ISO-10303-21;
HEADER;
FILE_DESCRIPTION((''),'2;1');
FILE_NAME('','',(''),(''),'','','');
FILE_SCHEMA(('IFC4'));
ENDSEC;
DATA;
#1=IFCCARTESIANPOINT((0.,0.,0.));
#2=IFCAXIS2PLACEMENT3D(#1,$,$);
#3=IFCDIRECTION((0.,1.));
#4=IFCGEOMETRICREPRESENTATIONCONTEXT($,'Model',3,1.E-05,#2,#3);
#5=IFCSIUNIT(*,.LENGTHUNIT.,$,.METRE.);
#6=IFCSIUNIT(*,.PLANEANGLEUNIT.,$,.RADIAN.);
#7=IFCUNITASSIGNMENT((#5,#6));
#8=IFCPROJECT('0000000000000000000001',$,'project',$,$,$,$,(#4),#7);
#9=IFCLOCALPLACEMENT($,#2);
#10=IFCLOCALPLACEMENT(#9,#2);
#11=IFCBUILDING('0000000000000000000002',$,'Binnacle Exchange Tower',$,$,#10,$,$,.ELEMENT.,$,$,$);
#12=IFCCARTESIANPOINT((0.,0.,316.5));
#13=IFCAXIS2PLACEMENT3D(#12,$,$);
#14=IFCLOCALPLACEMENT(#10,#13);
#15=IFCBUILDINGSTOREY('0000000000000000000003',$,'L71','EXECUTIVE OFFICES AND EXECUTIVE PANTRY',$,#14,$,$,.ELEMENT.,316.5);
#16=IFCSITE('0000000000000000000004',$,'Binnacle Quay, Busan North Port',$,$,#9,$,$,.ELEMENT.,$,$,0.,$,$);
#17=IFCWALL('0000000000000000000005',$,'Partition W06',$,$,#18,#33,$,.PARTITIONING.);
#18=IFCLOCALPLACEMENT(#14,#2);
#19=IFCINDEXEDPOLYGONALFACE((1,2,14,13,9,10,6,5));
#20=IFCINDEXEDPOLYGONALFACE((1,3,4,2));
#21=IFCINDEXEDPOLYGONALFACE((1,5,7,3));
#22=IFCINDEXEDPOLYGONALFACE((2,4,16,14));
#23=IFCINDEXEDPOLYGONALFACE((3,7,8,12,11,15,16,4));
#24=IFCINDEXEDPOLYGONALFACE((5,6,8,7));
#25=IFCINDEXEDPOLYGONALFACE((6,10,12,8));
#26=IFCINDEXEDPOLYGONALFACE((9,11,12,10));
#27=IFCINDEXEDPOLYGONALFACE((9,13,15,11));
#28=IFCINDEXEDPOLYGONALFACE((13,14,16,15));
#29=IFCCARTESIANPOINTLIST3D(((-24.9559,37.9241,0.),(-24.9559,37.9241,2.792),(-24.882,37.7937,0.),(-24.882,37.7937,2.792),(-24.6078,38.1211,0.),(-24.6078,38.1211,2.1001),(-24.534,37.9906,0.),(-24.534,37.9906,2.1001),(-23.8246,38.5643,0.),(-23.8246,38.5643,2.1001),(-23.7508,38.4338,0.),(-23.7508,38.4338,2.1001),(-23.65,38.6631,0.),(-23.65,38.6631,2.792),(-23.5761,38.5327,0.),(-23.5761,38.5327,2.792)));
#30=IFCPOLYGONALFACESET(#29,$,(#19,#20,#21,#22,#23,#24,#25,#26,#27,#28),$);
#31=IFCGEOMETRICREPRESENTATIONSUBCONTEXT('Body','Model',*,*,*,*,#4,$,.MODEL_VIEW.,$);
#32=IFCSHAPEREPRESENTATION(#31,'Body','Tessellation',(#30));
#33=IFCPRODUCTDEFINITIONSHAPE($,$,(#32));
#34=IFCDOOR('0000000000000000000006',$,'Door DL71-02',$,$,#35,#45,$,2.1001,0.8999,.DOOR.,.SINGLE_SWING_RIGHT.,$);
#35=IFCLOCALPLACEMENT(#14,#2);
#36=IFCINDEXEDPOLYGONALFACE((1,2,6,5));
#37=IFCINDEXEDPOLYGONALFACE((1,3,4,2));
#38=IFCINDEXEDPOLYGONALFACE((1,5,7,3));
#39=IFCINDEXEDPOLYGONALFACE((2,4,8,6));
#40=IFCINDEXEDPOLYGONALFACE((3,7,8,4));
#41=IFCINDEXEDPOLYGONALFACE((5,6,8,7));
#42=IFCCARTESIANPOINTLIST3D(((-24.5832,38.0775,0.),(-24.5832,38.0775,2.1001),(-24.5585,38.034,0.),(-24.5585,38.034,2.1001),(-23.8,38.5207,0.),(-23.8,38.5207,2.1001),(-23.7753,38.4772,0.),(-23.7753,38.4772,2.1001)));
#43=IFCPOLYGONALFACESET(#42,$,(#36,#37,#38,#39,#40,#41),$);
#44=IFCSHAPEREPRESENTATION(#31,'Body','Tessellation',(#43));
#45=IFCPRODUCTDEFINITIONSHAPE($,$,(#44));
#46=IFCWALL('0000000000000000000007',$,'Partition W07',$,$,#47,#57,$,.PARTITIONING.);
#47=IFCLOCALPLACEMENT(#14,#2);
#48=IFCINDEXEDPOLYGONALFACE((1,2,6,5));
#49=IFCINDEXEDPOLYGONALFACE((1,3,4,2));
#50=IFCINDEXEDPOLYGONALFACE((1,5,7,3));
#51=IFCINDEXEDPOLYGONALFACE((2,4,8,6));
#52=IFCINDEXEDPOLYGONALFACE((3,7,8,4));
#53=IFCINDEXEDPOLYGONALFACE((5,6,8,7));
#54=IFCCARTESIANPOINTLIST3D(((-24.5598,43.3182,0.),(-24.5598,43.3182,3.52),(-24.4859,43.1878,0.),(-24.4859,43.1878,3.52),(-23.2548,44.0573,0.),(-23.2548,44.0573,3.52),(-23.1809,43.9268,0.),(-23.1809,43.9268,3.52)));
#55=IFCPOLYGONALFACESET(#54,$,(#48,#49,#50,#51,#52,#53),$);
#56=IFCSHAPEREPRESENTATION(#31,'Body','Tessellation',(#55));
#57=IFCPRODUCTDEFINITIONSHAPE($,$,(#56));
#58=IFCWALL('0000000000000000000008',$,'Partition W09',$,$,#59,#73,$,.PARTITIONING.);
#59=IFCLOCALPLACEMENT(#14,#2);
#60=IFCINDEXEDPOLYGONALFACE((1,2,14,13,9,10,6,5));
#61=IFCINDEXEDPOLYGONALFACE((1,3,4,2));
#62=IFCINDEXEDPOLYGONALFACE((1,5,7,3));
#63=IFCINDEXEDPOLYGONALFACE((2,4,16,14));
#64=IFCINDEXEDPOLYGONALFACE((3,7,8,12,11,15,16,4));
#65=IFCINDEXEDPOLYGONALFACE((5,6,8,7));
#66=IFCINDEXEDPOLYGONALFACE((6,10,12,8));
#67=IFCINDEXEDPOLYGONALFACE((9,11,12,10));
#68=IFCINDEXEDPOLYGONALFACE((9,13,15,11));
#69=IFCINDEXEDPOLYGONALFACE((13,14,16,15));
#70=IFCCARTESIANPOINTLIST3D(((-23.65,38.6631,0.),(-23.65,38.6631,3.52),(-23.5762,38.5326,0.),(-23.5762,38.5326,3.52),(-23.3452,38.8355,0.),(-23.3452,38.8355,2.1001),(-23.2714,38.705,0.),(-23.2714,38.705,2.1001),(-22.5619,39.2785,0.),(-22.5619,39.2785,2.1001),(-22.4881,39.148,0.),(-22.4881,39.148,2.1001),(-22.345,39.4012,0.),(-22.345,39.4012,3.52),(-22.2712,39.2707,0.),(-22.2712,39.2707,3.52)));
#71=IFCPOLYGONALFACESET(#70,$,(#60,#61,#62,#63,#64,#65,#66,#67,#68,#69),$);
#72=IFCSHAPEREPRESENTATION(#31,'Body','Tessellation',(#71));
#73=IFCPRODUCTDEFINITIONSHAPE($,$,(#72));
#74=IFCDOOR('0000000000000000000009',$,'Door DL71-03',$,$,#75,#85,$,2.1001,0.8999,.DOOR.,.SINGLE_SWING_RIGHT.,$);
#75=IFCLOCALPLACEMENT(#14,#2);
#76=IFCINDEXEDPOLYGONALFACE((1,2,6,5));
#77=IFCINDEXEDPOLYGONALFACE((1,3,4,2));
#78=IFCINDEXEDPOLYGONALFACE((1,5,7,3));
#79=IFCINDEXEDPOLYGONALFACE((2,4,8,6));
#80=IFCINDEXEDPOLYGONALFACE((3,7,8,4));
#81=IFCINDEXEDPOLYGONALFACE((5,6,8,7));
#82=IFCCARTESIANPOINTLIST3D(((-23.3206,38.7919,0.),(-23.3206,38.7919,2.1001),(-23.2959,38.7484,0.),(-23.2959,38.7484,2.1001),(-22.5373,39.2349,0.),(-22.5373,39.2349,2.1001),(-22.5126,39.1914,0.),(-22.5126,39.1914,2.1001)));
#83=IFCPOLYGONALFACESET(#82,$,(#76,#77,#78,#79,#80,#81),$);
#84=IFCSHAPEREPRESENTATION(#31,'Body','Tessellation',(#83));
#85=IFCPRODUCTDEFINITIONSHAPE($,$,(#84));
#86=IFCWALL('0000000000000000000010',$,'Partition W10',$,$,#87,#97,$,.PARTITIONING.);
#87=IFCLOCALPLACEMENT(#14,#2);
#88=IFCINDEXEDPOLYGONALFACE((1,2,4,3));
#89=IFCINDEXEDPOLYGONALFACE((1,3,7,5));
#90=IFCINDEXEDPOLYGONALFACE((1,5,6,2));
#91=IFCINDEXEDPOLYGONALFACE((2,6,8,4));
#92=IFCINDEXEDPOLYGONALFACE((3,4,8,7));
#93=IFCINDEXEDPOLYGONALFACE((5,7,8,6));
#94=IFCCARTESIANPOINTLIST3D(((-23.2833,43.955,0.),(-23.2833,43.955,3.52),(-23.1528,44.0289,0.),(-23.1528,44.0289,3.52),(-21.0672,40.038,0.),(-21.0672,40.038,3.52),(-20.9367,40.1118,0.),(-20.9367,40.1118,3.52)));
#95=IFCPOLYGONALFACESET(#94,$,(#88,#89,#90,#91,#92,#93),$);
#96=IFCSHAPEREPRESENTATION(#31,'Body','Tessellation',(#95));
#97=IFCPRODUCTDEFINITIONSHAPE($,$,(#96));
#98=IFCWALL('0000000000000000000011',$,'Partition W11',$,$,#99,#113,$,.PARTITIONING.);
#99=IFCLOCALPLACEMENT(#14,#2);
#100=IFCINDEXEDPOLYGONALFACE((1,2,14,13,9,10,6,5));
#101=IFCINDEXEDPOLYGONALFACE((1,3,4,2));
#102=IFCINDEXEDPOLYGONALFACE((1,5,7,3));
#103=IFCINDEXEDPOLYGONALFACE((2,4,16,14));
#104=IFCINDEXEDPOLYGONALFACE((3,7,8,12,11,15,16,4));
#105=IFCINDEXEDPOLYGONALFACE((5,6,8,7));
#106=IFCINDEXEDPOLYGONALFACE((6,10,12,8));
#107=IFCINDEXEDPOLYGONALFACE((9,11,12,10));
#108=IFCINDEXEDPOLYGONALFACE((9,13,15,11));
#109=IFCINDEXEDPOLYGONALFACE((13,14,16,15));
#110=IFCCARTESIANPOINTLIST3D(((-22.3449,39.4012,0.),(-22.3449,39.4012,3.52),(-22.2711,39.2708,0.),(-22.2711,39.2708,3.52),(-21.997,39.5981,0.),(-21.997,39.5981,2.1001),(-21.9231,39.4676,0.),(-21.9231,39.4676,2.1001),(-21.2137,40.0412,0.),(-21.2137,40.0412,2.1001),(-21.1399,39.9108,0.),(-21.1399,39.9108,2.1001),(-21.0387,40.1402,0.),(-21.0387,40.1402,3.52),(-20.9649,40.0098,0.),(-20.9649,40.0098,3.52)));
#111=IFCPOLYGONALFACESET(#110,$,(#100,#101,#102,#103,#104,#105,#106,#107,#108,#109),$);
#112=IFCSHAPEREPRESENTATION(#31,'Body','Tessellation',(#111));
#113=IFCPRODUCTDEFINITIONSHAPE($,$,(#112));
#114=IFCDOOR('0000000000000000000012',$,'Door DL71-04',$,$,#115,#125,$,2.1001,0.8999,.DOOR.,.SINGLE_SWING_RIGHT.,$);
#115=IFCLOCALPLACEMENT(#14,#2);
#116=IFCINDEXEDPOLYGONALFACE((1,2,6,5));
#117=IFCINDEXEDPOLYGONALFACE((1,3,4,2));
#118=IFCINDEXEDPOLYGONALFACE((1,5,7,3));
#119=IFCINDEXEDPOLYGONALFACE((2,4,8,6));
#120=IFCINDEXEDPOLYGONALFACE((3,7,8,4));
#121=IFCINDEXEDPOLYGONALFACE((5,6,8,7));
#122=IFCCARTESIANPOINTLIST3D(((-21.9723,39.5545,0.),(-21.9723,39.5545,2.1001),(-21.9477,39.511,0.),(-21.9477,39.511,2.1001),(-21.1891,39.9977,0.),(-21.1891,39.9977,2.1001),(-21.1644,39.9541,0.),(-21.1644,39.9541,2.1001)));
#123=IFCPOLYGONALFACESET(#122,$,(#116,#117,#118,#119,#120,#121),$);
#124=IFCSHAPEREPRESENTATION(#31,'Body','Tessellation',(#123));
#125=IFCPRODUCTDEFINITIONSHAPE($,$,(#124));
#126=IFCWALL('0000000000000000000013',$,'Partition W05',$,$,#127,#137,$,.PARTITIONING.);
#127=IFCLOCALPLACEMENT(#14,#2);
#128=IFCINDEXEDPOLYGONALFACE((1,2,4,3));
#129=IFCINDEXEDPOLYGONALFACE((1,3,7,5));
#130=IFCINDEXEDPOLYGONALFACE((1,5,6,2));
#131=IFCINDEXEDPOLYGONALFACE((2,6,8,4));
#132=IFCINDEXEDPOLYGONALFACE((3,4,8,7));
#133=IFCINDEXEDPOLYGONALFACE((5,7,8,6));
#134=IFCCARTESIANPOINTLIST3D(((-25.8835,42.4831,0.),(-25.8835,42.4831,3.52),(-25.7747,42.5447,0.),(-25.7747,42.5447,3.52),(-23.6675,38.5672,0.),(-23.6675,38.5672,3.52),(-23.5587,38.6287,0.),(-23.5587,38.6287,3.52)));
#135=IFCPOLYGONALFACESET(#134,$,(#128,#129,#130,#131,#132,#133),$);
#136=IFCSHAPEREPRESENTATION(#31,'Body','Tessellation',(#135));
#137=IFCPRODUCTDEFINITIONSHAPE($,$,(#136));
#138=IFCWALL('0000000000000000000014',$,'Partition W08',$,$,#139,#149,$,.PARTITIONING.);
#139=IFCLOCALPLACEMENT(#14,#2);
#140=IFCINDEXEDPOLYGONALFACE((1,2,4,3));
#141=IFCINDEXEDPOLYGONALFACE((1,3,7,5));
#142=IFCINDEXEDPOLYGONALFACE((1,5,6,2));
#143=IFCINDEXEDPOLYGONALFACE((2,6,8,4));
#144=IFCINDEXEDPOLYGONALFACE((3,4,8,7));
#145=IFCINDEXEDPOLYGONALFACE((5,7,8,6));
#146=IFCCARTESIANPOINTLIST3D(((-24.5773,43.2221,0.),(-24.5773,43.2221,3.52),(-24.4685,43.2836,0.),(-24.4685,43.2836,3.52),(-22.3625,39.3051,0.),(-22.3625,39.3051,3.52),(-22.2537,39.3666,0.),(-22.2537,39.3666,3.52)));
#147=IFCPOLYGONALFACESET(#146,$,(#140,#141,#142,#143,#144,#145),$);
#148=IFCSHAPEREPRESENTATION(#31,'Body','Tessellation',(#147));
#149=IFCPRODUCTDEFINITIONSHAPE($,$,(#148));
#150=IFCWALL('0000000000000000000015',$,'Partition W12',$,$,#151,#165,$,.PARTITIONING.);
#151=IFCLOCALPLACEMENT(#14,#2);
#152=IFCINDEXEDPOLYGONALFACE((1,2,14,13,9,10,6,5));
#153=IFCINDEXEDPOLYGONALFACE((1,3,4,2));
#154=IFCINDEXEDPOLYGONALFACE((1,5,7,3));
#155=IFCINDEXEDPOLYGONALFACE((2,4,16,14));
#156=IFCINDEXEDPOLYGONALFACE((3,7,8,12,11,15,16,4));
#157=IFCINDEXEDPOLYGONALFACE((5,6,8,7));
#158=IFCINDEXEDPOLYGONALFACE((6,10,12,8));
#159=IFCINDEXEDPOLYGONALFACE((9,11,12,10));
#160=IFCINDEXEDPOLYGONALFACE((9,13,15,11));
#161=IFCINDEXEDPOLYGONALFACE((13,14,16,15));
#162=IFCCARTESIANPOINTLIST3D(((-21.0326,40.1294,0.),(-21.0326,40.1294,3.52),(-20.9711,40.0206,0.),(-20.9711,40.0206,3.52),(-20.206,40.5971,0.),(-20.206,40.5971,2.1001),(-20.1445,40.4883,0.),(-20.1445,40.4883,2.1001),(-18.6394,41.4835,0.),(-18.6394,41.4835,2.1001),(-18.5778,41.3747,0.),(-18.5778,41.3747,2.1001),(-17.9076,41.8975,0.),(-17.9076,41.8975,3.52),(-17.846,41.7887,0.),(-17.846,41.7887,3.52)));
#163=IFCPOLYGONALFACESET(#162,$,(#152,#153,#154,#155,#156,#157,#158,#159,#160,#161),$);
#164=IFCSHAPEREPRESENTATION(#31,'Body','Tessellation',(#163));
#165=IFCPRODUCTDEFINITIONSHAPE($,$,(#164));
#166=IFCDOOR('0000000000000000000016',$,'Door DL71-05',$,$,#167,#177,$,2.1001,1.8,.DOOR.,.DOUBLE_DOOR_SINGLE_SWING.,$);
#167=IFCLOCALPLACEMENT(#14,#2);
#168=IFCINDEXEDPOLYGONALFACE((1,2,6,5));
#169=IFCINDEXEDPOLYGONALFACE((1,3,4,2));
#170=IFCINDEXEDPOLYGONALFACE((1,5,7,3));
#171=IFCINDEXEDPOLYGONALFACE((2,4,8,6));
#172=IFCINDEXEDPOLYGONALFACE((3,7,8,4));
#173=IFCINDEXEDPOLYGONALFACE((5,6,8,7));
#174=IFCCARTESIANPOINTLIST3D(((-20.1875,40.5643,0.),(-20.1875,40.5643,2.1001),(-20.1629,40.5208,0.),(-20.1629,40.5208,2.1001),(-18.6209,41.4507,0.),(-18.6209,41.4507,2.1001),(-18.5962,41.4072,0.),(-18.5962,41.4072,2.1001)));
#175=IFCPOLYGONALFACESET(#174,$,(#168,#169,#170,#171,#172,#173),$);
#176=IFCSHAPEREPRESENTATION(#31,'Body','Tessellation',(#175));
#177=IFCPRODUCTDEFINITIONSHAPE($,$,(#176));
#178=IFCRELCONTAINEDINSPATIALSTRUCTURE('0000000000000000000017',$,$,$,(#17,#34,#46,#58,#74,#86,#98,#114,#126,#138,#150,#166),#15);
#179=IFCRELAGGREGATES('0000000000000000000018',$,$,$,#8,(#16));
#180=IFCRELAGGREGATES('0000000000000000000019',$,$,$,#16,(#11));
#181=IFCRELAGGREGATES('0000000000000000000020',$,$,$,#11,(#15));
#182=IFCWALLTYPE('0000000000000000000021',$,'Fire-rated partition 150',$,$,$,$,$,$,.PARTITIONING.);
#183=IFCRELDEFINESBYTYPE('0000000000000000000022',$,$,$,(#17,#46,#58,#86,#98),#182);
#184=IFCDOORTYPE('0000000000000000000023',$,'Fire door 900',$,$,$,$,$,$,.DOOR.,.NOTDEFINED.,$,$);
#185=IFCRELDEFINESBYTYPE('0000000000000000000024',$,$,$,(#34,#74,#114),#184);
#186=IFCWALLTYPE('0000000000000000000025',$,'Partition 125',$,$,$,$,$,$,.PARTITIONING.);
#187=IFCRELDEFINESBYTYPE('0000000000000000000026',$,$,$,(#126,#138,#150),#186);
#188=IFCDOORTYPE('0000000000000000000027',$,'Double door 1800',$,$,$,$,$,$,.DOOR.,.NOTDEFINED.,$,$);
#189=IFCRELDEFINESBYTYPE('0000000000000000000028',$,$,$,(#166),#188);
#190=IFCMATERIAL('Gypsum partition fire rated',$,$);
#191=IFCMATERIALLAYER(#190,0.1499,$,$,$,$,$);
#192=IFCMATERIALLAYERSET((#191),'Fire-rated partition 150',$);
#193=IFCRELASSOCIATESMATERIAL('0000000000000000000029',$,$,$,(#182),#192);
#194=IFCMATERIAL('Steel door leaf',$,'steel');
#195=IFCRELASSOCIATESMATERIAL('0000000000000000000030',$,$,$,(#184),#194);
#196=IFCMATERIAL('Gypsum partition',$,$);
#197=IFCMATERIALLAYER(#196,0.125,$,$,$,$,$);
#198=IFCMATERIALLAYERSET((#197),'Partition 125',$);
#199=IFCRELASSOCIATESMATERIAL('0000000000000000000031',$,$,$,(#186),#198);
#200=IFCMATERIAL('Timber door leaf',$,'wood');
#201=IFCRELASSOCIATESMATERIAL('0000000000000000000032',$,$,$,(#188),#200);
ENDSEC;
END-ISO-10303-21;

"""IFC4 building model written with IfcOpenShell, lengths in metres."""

from ifc_helpers import new_model, si_unit, direction, frame, frame_2d, origin, place, context, subcontext, project, spatial, rectangle, extrude, material, layer, layer_set, type_object, element, fill, save


model = new_model("IFC4")

# Units and contexts
model_context = context("Model", 3, precision=1e-05, world=origin(), true_north=direction((0.0, 1.0)))
body_context = subcontext(model_context, "Body", "Model", "MODEL_VIEW")
ifc_project = project(units=[si_unit("LENGTHUNIT", "METRE"), si_unit("PLANEANGLEUNIT", "RADIAN")], contexts=[model_context])

# Site, building, storey
site_placement = place(None, origin())
site = spatial("IfcSite", under=ifc_project, at=site_placement, Name="Binnacle Quay, Busan North Port", CompositionType="ELEMENT", RefElevation=0.0)
building_placement = place(site_placement, origin())
building = spatial("IfcBuilding", under=site, at=building_placement, Name="Binnacle Exchange Tower", CompositionType="ELEMENT")
storey_placement = place(building_placement, frame((0.0, 0.0, 316.5)))
storey = spatial("IfcBuildingStorey", under=building, at=storey_placement, Name="L71", Description="EXECUTIVE OFFICES AND EXECUTIVE PANTRY", CompositionType="ELEMENT", Elevation=316.5)

# Shared definitions
ifc_material_1 = material(Name="Steel door leaf", Category="steel")

# Shared definitions
ifc_material_2 = material(Name="Gypsum partition fire rated")
ifc_layer_1 = layer(ifc_material_2, 0.1499)
ifc_layer_set_1 = layer_set([ifc_layer_1], Name="Fire-rated partition 150")
wall_type_1 = type_object("IfcWallType", Name="Fire-rated partition 150", PredefinedType="PARTITIONING", material=ifc_layer_set_1)

# Wall, opening, door
wall_1_placement = place(storey_placement, frame((-24.9189, 37.8589, 0.0), z_axis=(0.0, 0.0, 1.0), x_axis=(0.870308, 0.492508, 0.0)))
wall_1 = element("IfcWall", 1, at=wall_1_placement, inside=storey, type_object=wall_type_1, Name="Partition W06", PredefinedType="PARTITIONING", context=body_context, shape_type="SweptSolid", body=[
    extrude(rectangle(XDim=1.5005, YDim=0.1499, at=frame_2d((0.7502, 0.0))), origin(), (0.0, 0.0, 1.0), 2.792),
])
opening_1_placement = place(wall_1_placement, frame((0.3999, 0.0, 0.0)))
opening_1 = element("IfcOpeningElement", 2, at=opening_1_placement, cuts=wall_1, PredefinedType="OPENING", context=body_context, shape_type="SweptSolid", body=[
    extrude(rectangle(XDim=0.8999, YDim=2.1001, at=frame_2d((0.45, 1.05))), frame((0.0, 0.085, 0.0), z_axis=(0.0, -1.0, 0.0), x_axis=(1.0, 0.0, 0.0)), (0.0, 0.0, 1.0), 0.1699),
])
door_type_1 = type_object("IfcDoorType", Name="Fire door 900", OperationType="NOTDEFINED", PredefinedType="DOOR", material=ifc_material_1)
door_1_placement = place(opening_1_placement, origin())
door_1 = element("IfcDoor", 3, at=door_1_placement, inside=storey, type_object=door_type_1, Name="Door DL71-02", OperationType="SINGLE_SWING_RIGHT", OverallHeight=2.1001, OverallWidth=0.8999, PredefinedType="DOOR", context=body_context, shape_type="SweptSolid", body=[
    extrude(rectangle(XDim=0.8999, YDim=2.1001, at=frame_2d((0.45, 1.05))), frame((0.0, 0.0249, 0.0), z_axis=(0.0, -1.0, 0.0), x_axis=(1.0, 0.0, 0.0)), (0.0, 0.0, 1.0), 0.05),
])
fill(opening_1, door_1)

# Wall
wall_2_placement = place(storey_placement, frame((-24.5229, 43.2529, 0.0), z_axis=(0.0, 0.0, 1.0), x_axis=(0.87015, 0.492787, 0.0)))
element("IfcWall", 4, at=wall_2_placement, inside=storey, type_object=wall_type_1, Name="Partition W07", PredefinedType="PARTITIONING", context=body_context, shape_type="SweptSolid", body=[
    extrude(rectangle(XDim=1.4998, YDim=0.1499, at=frame_2d((0.75, 0.0))), origin(), (0.0, 0.0, 1.0), 3.52),
])

# Wall, opening, door
wall_3_placement = place(storey_placement, frame((-23.613, 38.5979, 0.0), z_axis=(0.0, 0.0, 1.0), x_axis=(0.870429, 0.492293, 0.0)))
wall_3 = element("IfcWall", 5, at=wall_3_placement, inside=storey, type_object=wall_type_1, Name="Partition W09", PredefinedType="PARTITIONING", context=body_context, shape_type="SweptSolid", body=[
    extrude(rectangle(XDim=1.4993, YDim=0.1499, at=frame_2d((0.7495, 0.0))), origin(), (0.0, 0.0, 1.0), 3.52),
])
opening_2_placement = place(wall_3_placement, frame((0.3501, 0.0, 0.0)))
opening_2 = element("IfcOpeningElement", 6, at=opening_2_placement, cuts=wall_3, PredefinedType="OPENING", context=body_context, shape_type="SweptSolid", body=[
    extrude(rectangle(XDim=0.8999, YDim=2.1001, at=frame_2d((0.45, 1.05))), frame((0.0, 0.085, 0.0), z_axis=(0.0, -1.0, 0.0), x_axis=(1.0, 0.0, 0.0)), (0.0, 0.0, 1.0), 0.1699),
])
door_2_placement = place(opening_2_placement, origin())
door_2 = element("IfcDoor", 7, at=door_2_placement, inside=storey, type_object=door_type_1, Name="Door DL71-03", OperationType="SINGLE_SWING_RIGHT", OverallHeight=2.1001, OverallWidth=0.8999, PredefinedType="DOOR", context=body_context, shape_type="SweptSolid", body=[
    extrude(rectangle(XDim=0.8999, YDim=2.1001, at=frame_2d((0.45, 1.05))), frame((0.0, 0.0249, 0.0), z_axis=(0.0, -1.0, 0.0), x_axis=(1.0, 0.0, 0.0)), (0.0, 0.0, 1.0), 0.05),
])
fill(opening_2, door_2)

# Wall
wall_4_placement = place(storey_placement, frame((-23.218, 43.9919, 0.0), z_axis=(0.0, 0.0, 1.0), x_axis=(0.492413, -0.870362, 0.0)))
element("IfcWall", 8, at=wall_4_placement, inside=storey, type_object=wall_type_1, Name="Partition W10", PredefinedType="PARTITIONING", context=body_context, shape_type="SweptSolid", body=[
    extrude(rectangle(XDim=4.5005, YDim=0.1499, at=frame_2d((2.2502, 0.0))), origin(), (0.0, 0.0, 1.0), 3.52),
])

# Wall, opening, door
wall_5_placement = place(storey_placement, frame((-22.3081, 39.3359, 0.0), z_axis=(0.0, 0.0, 1.0), x_axis=(0.870348, 0.492438, 0.0)))
wall_5 = element("IfcWall", 9, at=wall_5_placement, inside=storey, type_object=wall_type_1, Name="Partition W11", PredefinedType="PARTITIONING", context=body_context, shape_type="SweptSolid", body=[
    extrude(rectangle(XDim=1.5007, YDim=0.1499, at=frame_2d((0.7505, 0.0))), origin(), (0.0, 0.0, 1.0), 3.52),
])
opening_3_placement = place(wall_5_placement, frame((0.3999, 0.0, 0.0)))
opening_3 = element("IfcOpeningElement", 10, at=opening_3_placement, cuts=wall_5, PredefinedType="OPENING", context=body_context, shape_type="SweptSolid", body=[
    extrude(rectangle(XDim=0.8999, YDim=2.1001, at=frame_2d((0.45, 1.05))), frame((0.0, 0.085, 0.0), z_axis=(0.0, -1.0, 0.0), x_axis=(1.0, 0.0, 0.0)), (0.0, 0.0, 1.0), 0.1699),
])
door_3_placement = place(opening_3_placement, origin())
door_3 = element("IfcDoor", 11, at=door_3_placement, inside=storey, type_object=door_type_1, Name="Door DL71-04", OperationType="SINGLE_SWING_RIGHT", OverallHeight=2.1001, OverallWidth=0.8999, PredefinedType="DOOR", context=body_context, shape_type="SweptSolid", body=[
    extrude(rectangle(XDim=0.8999, YDim=2.1001, at=frame_2d((0.45, 1.05))), frame((0.0, 0.0249, 0.0), z_axis=(0.0, -1.0, 0.0), x_axis=(1.0, 0.0, 0.0)), (0.0, 0.0, 1.0), 0.05),
])
fill(opening_3, door_3)

# Walls
ifc_material_3 = material(Name="Gypsum partition")
ifc_layer_2 = layer(ifc_material_3, 0.125)
ifc_layer_set_2 = layer_set([ifc_layer_2], Name="Partition 125")
wall_type_2 = type_object("IfcWallType", Name="Partition 125", PredefinedType="PARTITIONING", material=ifc_layer_set_2)
wall_6_placement = place(storey_placement, frame((-25.8291, 42.5139, 0.0), z_axis=(0.0, 0.0, 1.0), x_axis=(0.492506, -0.870309, 0.0)))
element("IfcWall", 12, at=wall_6_placement, inside=storey, type_object=wall_type_2, Name="Partition W05", PredefinedType="PARTITIONING", context=body_context, shape_type="SweptSolid", body=[
    extrude(rectangle(XDim=4.4995, YDim=0.125, at=frame_2d((2.2498, 0.0))), origin(), (0.0, 0.0, 1.0), 3.52),
])
wall_7_placement = place(storey_placement, frame((-24.5229, 43.2529, 0.0), z_axis=(0.0, 0.0, 1.0), x_axis=(0.492207, -0.870478, 0.0)))
element("IfcWall", 13, at=wall_7_placement, inside=storey, type_object=wall_type_2, Name="Partition W08", PredefinedType="PARTITIONING", context=body_context, shape_type="SweptSolid", body=[
    extrude(rectangle(XDim=4.4998, YDim=0.125, at=frame_2d((2.25, 0.0))), origin(), (0.0, 0.0, 1.0), 3.52),
])

# Wall, opening, door
wall_8_placement = place(storey_placement, frame((-21.002, 40.075, 0.0), z_axis=(0.0, 0.0, 1.0), x_axis=(0.870353, 0.492429, 0.0)))
wall_8 = element("IfcWall", 14, at=wall_8_placement, inside=storey, type_object=wall_type_2, Name="Partition W12", PredefinedType="PARTITIONING", context=body_context, shape_type="SweptSolid", body=[
    extrude(rectangle(XDim=3.5906, YDim=0.125, at=frame_2d((1.7954, 0.0))), origin(), (0.0, 0.0, 1.0), 3.52),
])
opening_4_placement = place(wall_8_placement, frame((0.95, 0.0, 0.0)))
opening_4 = element("IfcOpeningElement", 15, at=opening_4_placement, cuts=wall_8, PredefinedType="OPENING", context=body_context, shape_type="SweptSolid", body=[
    extrude(rectangle(XDim=1.8, YDim=2.1001, at=frame_2d((0.8999, 1.05))), frame((0.0, 0.0725, 0.0), z_axis=(0.0, -1.0, 0.0), x_axis=(1.0, 0.0, 0.0)), (0.0, 0.0, 1.0), 0.145),
])
ifc_material_4 = material(Name="Timber door leaf", Category="wood")
door_type_2 = type_object("IfcDoorType", Name="Double door 1800", OperationType="NOTDEFINED", PredefinedType="DOOR", material=ifc_material_4)
door_4_placement = place(opening_4_placement, origin())
door_4 = element("IfcDoor", 16, at=door_4_placement, inside=storey, type_object=door_type_2, Name="Door DL71-05", OperationType="DOUBLE_DOOR_SINGLE_SWING", OverallHeight=2.1001, OverallWidth=1.8, PredefinedType="DOOR", context=body_context, shape_type="SweptSolid", body=[
    extrude(rectangle(XDim=1.8, YDim=2.1001, at=frame_2d((0.8999, 1.05))), frame((0.0, 0.0249, 0.0), z_axis=(0.0, -1.0, 0.0), x_axis=(1.0, 0.0, 0.0)), (0.0, 0.0, 1.0), 0.05),
])
fill(opening_4, door_4)

save(model, "model.ifc")
